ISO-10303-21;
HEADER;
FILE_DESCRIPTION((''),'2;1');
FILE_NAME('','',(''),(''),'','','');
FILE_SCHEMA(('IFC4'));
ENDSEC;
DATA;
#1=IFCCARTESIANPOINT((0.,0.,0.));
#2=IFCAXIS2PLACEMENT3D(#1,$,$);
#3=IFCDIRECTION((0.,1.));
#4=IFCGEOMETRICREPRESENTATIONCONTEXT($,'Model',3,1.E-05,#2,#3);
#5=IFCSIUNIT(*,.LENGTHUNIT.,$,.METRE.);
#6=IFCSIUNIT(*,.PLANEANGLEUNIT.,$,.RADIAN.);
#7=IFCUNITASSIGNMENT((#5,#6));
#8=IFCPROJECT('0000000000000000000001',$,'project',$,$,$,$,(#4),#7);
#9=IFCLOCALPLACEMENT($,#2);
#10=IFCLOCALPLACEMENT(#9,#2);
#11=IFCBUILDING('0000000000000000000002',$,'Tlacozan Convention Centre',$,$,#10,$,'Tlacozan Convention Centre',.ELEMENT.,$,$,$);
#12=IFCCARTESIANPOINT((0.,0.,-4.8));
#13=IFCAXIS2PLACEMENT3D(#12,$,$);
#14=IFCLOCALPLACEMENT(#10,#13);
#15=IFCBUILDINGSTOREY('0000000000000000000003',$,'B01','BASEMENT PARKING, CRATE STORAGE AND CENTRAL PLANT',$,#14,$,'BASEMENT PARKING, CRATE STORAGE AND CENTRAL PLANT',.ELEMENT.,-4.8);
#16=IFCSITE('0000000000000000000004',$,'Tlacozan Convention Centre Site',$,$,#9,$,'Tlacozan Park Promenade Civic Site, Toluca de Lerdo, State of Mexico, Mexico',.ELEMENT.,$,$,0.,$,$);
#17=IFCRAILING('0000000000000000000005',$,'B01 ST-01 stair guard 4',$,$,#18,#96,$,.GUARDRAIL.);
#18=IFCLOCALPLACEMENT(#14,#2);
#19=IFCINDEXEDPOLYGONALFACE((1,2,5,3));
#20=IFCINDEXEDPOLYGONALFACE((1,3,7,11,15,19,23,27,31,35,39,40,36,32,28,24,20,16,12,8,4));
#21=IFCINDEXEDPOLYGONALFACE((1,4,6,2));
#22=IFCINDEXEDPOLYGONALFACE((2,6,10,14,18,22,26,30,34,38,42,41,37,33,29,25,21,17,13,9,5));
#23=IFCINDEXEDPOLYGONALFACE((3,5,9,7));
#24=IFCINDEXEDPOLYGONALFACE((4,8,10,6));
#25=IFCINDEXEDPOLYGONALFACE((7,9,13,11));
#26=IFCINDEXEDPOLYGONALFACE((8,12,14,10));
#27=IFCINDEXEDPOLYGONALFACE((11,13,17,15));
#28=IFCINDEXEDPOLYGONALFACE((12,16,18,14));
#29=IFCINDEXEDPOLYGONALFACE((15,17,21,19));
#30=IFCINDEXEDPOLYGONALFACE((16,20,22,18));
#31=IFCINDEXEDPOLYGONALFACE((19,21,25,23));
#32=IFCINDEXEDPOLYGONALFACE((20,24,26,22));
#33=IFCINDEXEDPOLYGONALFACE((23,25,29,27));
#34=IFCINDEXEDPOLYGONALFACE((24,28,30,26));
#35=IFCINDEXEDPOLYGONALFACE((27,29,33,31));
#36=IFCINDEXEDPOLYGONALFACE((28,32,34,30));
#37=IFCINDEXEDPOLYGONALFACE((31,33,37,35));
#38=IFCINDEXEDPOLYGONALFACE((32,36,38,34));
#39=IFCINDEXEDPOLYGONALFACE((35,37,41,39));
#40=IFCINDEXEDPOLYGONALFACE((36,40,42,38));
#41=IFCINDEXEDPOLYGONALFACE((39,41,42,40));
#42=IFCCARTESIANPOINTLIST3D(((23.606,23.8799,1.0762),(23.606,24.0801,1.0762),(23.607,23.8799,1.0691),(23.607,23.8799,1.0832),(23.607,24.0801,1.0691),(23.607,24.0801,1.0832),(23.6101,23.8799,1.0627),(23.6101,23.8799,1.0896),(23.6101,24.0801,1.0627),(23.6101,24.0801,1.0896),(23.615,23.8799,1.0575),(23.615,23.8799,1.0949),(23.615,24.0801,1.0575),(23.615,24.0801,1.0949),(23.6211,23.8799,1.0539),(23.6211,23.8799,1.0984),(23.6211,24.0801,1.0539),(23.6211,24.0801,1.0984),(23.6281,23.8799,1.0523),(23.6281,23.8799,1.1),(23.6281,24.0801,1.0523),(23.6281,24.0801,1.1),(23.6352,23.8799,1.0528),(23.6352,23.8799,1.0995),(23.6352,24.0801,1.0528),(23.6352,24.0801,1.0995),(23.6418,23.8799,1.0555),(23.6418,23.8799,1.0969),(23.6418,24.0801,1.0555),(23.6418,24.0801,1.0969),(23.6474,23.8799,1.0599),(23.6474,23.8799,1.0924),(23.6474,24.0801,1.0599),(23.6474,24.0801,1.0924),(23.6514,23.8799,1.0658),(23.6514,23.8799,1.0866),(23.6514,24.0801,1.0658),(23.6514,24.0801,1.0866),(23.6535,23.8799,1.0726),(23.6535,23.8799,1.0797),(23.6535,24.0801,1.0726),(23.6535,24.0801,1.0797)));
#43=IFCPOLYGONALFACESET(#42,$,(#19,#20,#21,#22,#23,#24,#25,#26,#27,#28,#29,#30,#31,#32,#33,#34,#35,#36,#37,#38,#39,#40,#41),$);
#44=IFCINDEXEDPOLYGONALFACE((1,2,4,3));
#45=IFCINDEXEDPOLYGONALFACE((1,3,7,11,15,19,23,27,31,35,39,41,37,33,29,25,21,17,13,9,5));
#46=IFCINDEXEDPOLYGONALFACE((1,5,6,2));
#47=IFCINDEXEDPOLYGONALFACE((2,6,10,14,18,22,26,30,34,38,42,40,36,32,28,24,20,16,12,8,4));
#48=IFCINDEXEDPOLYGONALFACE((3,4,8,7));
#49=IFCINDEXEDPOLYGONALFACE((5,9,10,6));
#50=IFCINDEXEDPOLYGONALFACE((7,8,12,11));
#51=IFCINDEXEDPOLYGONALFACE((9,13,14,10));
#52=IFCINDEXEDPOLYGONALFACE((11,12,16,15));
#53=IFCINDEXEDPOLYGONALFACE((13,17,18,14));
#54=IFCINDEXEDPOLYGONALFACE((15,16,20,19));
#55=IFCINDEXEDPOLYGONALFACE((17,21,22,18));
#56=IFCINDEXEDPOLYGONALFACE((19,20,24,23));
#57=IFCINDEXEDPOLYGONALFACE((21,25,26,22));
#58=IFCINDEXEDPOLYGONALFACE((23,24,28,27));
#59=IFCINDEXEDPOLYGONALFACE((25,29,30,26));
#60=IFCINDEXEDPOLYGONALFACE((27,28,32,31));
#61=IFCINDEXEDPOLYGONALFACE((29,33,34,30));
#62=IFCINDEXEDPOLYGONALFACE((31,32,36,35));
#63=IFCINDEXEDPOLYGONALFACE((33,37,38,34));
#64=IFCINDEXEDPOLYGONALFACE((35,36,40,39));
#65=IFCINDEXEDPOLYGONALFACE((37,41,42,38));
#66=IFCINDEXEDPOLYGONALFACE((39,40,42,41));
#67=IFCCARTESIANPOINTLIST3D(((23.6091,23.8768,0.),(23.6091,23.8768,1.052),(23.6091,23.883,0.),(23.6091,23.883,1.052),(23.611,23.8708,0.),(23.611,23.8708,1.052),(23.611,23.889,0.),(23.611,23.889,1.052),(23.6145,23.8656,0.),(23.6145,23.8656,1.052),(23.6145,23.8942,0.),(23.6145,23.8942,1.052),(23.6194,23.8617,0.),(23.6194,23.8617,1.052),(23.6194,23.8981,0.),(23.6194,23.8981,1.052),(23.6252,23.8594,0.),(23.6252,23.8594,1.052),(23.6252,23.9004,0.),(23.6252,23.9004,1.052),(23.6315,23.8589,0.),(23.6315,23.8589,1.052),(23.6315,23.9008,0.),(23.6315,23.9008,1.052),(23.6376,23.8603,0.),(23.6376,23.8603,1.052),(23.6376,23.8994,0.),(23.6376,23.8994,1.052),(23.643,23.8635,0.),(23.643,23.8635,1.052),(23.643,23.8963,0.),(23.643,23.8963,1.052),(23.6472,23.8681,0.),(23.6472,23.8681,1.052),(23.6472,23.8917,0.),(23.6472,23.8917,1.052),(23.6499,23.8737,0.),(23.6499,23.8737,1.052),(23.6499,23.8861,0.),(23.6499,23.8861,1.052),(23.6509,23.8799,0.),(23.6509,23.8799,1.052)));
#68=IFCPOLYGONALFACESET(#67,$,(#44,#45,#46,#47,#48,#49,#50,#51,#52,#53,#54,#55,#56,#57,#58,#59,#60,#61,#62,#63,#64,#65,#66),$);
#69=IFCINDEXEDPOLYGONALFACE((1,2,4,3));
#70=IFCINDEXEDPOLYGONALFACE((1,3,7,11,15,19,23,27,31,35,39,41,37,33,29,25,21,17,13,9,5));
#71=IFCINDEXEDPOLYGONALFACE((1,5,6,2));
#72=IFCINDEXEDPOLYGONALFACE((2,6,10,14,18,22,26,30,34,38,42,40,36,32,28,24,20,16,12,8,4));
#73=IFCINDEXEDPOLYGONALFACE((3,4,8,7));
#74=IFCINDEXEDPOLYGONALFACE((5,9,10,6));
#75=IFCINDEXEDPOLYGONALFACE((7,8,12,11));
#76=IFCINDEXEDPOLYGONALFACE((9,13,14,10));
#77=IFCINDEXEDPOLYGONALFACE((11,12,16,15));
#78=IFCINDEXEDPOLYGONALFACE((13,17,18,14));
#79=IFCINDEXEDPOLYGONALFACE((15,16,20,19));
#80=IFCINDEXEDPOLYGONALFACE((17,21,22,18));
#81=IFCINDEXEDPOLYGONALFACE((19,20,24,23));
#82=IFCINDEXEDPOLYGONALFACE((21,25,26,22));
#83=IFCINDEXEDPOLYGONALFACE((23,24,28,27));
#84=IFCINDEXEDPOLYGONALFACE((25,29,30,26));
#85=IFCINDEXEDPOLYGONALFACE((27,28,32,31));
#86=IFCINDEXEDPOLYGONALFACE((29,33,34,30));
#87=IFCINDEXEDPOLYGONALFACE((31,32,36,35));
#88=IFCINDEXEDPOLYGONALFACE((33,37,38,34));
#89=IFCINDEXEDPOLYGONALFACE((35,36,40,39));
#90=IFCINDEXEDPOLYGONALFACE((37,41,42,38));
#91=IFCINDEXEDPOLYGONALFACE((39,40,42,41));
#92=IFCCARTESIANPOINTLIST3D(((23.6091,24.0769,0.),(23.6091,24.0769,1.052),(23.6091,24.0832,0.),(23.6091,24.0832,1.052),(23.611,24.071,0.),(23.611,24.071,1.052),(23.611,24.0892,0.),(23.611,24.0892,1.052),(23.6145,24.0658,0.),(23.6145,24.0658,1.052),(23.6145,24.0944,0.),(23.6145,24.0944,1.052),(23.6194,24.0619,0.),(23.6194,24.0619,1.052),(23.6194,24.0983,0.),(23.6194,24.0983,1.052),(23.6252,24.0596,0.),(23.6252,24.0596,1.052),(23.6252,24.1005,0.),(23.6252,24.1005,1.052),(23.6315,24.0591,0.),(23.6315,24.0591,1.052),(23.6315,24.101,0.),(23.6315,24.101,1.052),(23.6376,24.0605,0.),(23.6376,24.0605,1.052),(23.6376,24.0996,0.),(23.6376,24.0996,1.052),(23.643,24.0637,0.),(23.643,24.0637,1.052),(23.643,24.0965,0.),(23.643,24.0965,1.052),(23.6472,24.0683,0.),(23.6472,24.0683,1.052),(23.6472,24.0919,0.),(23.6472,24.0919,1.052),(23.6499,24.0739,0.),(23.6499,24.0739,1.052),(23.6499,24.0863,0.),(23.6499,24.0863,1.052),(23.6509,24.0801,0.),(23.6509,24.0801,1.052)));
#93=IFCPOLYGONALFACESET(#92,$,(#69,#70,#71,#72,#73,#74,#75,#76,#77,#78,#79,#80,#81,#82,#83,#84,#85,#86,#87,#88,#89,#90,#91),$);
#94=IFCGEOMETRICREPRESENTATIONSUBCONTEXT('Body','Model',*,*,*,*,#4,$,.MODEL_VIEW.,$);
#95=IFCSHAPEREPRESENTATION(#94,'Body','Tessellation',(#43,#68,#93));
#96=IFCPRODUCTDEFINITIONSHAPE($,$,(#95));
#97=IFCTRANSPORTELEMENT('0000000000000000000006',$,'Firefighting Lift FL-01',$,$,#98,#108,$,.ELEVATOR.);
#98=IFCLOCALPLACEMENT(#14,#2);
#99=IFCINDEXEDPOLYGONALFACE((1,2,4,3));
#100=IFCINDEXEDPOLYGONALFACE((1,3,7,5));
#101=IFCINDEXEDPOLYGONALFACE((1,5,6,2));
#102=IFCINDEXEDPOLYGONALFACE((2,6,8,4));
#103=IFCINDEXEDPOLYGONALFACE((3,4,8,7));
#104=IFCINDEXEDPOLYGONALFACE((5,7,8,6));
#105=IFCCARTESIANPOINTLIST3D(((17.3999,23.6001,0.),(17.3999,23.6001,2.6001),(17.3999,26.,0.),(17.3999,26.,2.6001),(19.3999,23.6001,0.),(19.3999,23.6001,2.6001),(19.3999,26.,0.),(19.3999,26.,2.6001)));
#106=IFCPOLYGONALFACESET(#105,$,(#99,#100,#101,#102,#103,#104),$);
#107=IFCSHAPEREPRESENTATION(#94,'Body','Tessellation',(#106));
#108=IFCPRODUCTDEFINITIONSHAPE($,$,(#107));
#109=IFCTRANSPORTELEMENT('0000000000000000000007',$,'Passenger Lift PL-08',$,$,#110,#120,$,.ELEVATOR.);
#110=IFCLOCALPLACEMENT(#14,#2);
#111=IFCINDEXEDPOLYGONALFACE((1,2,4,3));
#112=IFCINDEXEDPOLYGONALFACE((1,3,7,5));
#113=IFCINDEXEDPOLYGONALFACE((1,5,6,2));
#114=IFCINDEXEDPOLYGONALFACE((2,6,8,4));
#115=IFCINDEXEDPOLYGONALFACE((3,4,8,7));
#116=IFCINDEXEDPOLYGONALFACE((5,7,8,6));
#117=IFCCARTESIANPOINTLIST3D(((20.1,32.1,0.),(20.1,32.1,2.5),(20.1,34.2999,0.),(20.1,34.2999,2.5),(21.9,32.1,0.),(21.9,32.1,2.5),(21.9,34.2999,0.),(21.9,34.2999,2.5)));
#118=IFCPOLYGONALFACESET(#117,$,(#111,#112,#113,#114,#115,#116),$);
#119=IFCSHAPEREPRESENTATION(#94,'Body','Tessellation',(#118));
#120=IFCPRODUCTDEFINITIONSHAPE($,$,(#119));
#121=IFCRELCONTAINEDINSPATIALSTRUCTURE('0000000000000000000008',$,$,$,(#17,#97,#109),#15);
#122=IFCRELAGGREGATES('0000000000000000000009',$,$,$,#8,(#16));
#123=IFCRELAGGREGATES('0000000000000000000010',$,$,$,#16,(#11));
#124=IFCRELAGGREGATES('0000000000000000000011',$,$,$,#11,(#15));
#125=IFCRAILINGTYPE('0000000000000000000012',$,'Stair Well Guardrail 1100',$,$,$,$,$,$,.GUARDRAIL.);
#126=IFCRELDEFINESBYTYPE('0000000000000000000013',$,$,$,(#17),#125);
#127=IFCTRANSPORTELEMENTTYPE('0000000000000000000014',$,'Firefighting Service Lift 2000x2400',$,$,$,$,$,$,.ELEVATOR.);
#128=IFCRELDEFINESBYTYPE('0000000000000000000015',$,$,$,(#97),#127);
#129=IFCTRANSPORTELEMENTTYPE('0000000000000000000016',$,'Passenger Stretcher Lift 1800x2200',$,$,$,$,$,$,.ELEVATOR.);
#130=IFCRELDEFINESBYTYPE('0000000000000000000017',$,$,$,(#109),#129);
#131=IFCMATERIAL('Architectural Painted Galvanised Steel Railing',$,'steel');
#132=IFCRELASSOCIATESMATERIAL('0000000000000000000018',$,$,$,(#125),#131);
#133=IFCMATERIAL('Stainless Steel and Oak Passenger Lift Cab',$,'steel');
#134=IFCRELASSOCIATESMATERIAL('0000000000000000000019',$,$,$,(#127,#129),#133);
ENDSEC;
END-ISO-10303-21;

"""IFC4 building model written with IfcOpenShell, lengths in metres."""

from ifc_helpers import new_model, si_unit, direction, frame, origin, origin_2d, place, context, subcontext, project, spatial, rectangle, circle, extrude, material, type_object, element, save


model = new_model("IFC4")

# Units and contexts
model_context = context("Model", 3, precision=1e-05, world=origin(), true_north=direction((0.0, 1.0)))
body_context = subcontext(model_context, "Body", "Model", "MODEL_VIEW")
ifc_project = project(units=[si_unit("LENGTHUNIT", "METRE"), si_unit("PLANEANGLEUNIT", "RADIAN")], contexts=[model_context])

# Site, building, storey
site_placement = place(None, origin())
site = spatial("IfcSite", under=ifc_project, at=site_placement, Name="Tlacozan Convention Centre Site", LongName="Tlacozan Park Promenade Civic Site, Toluca de Lerdo, State of Mexico, Mexico", CompositionType="ELEMENT", RefElevation=0.0)
building_placement = place(site_placement, origin())
building = spatial("IfcBuilding", under=site, at=building_placement, Name="Tlacozan Convention Centre", LongName="Tlacozan Convention Centre", CompositionType="ELEMENT")
storey_placement = place(building_placement, frame((0.0, 0.0, -4.8)))
storey = spatial("IfcBuildingStorey", under=building, at=storey_placement, Name="B01", Description="BASEMENT PARKING, CRATE STORAGE AND CENTRAL PLANT", LongName="BASEMENT PARKING, CRATE STORAGE AND CENTRAL PLANT", CompositionType="ELEMENT", Elevation=-4.8)

# Railing
ifc_material_1 = material(Name="Architectural Painted Galvanised Steel Railing", Category="steel")
railing_type = type_object("IfcRailingType", Name="Stair Well Guardrail 1100", PredefinedType="GUARDRAIL", material=ifc_material_1)
railing_1_placement = place(storey_placement, frame((23.6299, 23.8799, 0.0)))
element("IfcRailing", 1, at=railing_1_placement, inside=storey, type_object=railing_type, Name="B01 ST-01 stair guard 4", PredefinedType="GUARDRAIL", context=body_context, shape_type="SweptSolid", body=[
    extrude(circle(Radius=0.0239, at=origin_2d()), frame((0.0, 0.0, 1.0762), z_axis=(0.0, 1.0, 0.0), x_axis=(-1.0, 0.0, 0.0)), (0.0, 0.0, 1.0), 0.2002),
    extrude(circle(Radius=0.021, at=origin_2d()), origin(), (0.0, 0.0, 1.0), 1.052),
    extrude(circle(Radius=0.021, at=origin_2d()), frame((0.0, 0.2002, 0.0)), (0.0, 0.0, 1.0), 1.052),
])

# Transport elements
ifc_material_2 = material(Name="Stainless Steel and Oak Passenger Lift Cab", Category="steel")
transport_element_type_1 = type_object("IfcTransportElementType", Name="Firefighting Service Lift 2000x2400", PredefinedType="ELEVATOR", material=ifc_material_2)
transport_element_1_placement = place(storey_placement, frame((18.3999, 24.8, 0.0), z_axis=(0.0, 0.0, 1.0), x_axis=(1.0, 0.0, 0.0)))
element("IfcTransportElement", 2, at=transport_element_1_placement, inside=storey, type_object=transport_element_type_1, Name="Firefighting Lift FL-01", PredefinedType="ELEVATOR", context=body_context, shape_type="SweptSolid", body=[
    extrude(rectangle(XDim=2.0, YDim=2.3999, at=origin_2d()), origin(), (0.0, 0.0, 1.0), 2.6001),
])
transport_element_type_2 = type_object("IfcTransportElementType", Name="Passenger Stretcher Lift 1800x2200", PredefinedType="ELEVATOR", material=ifc_material_2)
transport_element_2_placement = place(storey_placement, frame((21.0, 33.2, 0.0), z_axis=(0.0, 0.0, 1.0), x_axis=(1.0, 0.0, 0.0)))
element("IfcTransportElement", 3, at=transport_element_2_placement, inside=storey, type_object=transport_element_type_2, Name="Passenger Lift PL-08", PredefinedType="ELEVATOR", context=body_context, shape_type="SweptSolid", body=[
    extrude(rectangle(XDim=1.8, YDim=2.2, at=origin_2d()), origin(), (0.0, 0.0, 1.0), 2.5),
])

save(model, "model.ifc")
